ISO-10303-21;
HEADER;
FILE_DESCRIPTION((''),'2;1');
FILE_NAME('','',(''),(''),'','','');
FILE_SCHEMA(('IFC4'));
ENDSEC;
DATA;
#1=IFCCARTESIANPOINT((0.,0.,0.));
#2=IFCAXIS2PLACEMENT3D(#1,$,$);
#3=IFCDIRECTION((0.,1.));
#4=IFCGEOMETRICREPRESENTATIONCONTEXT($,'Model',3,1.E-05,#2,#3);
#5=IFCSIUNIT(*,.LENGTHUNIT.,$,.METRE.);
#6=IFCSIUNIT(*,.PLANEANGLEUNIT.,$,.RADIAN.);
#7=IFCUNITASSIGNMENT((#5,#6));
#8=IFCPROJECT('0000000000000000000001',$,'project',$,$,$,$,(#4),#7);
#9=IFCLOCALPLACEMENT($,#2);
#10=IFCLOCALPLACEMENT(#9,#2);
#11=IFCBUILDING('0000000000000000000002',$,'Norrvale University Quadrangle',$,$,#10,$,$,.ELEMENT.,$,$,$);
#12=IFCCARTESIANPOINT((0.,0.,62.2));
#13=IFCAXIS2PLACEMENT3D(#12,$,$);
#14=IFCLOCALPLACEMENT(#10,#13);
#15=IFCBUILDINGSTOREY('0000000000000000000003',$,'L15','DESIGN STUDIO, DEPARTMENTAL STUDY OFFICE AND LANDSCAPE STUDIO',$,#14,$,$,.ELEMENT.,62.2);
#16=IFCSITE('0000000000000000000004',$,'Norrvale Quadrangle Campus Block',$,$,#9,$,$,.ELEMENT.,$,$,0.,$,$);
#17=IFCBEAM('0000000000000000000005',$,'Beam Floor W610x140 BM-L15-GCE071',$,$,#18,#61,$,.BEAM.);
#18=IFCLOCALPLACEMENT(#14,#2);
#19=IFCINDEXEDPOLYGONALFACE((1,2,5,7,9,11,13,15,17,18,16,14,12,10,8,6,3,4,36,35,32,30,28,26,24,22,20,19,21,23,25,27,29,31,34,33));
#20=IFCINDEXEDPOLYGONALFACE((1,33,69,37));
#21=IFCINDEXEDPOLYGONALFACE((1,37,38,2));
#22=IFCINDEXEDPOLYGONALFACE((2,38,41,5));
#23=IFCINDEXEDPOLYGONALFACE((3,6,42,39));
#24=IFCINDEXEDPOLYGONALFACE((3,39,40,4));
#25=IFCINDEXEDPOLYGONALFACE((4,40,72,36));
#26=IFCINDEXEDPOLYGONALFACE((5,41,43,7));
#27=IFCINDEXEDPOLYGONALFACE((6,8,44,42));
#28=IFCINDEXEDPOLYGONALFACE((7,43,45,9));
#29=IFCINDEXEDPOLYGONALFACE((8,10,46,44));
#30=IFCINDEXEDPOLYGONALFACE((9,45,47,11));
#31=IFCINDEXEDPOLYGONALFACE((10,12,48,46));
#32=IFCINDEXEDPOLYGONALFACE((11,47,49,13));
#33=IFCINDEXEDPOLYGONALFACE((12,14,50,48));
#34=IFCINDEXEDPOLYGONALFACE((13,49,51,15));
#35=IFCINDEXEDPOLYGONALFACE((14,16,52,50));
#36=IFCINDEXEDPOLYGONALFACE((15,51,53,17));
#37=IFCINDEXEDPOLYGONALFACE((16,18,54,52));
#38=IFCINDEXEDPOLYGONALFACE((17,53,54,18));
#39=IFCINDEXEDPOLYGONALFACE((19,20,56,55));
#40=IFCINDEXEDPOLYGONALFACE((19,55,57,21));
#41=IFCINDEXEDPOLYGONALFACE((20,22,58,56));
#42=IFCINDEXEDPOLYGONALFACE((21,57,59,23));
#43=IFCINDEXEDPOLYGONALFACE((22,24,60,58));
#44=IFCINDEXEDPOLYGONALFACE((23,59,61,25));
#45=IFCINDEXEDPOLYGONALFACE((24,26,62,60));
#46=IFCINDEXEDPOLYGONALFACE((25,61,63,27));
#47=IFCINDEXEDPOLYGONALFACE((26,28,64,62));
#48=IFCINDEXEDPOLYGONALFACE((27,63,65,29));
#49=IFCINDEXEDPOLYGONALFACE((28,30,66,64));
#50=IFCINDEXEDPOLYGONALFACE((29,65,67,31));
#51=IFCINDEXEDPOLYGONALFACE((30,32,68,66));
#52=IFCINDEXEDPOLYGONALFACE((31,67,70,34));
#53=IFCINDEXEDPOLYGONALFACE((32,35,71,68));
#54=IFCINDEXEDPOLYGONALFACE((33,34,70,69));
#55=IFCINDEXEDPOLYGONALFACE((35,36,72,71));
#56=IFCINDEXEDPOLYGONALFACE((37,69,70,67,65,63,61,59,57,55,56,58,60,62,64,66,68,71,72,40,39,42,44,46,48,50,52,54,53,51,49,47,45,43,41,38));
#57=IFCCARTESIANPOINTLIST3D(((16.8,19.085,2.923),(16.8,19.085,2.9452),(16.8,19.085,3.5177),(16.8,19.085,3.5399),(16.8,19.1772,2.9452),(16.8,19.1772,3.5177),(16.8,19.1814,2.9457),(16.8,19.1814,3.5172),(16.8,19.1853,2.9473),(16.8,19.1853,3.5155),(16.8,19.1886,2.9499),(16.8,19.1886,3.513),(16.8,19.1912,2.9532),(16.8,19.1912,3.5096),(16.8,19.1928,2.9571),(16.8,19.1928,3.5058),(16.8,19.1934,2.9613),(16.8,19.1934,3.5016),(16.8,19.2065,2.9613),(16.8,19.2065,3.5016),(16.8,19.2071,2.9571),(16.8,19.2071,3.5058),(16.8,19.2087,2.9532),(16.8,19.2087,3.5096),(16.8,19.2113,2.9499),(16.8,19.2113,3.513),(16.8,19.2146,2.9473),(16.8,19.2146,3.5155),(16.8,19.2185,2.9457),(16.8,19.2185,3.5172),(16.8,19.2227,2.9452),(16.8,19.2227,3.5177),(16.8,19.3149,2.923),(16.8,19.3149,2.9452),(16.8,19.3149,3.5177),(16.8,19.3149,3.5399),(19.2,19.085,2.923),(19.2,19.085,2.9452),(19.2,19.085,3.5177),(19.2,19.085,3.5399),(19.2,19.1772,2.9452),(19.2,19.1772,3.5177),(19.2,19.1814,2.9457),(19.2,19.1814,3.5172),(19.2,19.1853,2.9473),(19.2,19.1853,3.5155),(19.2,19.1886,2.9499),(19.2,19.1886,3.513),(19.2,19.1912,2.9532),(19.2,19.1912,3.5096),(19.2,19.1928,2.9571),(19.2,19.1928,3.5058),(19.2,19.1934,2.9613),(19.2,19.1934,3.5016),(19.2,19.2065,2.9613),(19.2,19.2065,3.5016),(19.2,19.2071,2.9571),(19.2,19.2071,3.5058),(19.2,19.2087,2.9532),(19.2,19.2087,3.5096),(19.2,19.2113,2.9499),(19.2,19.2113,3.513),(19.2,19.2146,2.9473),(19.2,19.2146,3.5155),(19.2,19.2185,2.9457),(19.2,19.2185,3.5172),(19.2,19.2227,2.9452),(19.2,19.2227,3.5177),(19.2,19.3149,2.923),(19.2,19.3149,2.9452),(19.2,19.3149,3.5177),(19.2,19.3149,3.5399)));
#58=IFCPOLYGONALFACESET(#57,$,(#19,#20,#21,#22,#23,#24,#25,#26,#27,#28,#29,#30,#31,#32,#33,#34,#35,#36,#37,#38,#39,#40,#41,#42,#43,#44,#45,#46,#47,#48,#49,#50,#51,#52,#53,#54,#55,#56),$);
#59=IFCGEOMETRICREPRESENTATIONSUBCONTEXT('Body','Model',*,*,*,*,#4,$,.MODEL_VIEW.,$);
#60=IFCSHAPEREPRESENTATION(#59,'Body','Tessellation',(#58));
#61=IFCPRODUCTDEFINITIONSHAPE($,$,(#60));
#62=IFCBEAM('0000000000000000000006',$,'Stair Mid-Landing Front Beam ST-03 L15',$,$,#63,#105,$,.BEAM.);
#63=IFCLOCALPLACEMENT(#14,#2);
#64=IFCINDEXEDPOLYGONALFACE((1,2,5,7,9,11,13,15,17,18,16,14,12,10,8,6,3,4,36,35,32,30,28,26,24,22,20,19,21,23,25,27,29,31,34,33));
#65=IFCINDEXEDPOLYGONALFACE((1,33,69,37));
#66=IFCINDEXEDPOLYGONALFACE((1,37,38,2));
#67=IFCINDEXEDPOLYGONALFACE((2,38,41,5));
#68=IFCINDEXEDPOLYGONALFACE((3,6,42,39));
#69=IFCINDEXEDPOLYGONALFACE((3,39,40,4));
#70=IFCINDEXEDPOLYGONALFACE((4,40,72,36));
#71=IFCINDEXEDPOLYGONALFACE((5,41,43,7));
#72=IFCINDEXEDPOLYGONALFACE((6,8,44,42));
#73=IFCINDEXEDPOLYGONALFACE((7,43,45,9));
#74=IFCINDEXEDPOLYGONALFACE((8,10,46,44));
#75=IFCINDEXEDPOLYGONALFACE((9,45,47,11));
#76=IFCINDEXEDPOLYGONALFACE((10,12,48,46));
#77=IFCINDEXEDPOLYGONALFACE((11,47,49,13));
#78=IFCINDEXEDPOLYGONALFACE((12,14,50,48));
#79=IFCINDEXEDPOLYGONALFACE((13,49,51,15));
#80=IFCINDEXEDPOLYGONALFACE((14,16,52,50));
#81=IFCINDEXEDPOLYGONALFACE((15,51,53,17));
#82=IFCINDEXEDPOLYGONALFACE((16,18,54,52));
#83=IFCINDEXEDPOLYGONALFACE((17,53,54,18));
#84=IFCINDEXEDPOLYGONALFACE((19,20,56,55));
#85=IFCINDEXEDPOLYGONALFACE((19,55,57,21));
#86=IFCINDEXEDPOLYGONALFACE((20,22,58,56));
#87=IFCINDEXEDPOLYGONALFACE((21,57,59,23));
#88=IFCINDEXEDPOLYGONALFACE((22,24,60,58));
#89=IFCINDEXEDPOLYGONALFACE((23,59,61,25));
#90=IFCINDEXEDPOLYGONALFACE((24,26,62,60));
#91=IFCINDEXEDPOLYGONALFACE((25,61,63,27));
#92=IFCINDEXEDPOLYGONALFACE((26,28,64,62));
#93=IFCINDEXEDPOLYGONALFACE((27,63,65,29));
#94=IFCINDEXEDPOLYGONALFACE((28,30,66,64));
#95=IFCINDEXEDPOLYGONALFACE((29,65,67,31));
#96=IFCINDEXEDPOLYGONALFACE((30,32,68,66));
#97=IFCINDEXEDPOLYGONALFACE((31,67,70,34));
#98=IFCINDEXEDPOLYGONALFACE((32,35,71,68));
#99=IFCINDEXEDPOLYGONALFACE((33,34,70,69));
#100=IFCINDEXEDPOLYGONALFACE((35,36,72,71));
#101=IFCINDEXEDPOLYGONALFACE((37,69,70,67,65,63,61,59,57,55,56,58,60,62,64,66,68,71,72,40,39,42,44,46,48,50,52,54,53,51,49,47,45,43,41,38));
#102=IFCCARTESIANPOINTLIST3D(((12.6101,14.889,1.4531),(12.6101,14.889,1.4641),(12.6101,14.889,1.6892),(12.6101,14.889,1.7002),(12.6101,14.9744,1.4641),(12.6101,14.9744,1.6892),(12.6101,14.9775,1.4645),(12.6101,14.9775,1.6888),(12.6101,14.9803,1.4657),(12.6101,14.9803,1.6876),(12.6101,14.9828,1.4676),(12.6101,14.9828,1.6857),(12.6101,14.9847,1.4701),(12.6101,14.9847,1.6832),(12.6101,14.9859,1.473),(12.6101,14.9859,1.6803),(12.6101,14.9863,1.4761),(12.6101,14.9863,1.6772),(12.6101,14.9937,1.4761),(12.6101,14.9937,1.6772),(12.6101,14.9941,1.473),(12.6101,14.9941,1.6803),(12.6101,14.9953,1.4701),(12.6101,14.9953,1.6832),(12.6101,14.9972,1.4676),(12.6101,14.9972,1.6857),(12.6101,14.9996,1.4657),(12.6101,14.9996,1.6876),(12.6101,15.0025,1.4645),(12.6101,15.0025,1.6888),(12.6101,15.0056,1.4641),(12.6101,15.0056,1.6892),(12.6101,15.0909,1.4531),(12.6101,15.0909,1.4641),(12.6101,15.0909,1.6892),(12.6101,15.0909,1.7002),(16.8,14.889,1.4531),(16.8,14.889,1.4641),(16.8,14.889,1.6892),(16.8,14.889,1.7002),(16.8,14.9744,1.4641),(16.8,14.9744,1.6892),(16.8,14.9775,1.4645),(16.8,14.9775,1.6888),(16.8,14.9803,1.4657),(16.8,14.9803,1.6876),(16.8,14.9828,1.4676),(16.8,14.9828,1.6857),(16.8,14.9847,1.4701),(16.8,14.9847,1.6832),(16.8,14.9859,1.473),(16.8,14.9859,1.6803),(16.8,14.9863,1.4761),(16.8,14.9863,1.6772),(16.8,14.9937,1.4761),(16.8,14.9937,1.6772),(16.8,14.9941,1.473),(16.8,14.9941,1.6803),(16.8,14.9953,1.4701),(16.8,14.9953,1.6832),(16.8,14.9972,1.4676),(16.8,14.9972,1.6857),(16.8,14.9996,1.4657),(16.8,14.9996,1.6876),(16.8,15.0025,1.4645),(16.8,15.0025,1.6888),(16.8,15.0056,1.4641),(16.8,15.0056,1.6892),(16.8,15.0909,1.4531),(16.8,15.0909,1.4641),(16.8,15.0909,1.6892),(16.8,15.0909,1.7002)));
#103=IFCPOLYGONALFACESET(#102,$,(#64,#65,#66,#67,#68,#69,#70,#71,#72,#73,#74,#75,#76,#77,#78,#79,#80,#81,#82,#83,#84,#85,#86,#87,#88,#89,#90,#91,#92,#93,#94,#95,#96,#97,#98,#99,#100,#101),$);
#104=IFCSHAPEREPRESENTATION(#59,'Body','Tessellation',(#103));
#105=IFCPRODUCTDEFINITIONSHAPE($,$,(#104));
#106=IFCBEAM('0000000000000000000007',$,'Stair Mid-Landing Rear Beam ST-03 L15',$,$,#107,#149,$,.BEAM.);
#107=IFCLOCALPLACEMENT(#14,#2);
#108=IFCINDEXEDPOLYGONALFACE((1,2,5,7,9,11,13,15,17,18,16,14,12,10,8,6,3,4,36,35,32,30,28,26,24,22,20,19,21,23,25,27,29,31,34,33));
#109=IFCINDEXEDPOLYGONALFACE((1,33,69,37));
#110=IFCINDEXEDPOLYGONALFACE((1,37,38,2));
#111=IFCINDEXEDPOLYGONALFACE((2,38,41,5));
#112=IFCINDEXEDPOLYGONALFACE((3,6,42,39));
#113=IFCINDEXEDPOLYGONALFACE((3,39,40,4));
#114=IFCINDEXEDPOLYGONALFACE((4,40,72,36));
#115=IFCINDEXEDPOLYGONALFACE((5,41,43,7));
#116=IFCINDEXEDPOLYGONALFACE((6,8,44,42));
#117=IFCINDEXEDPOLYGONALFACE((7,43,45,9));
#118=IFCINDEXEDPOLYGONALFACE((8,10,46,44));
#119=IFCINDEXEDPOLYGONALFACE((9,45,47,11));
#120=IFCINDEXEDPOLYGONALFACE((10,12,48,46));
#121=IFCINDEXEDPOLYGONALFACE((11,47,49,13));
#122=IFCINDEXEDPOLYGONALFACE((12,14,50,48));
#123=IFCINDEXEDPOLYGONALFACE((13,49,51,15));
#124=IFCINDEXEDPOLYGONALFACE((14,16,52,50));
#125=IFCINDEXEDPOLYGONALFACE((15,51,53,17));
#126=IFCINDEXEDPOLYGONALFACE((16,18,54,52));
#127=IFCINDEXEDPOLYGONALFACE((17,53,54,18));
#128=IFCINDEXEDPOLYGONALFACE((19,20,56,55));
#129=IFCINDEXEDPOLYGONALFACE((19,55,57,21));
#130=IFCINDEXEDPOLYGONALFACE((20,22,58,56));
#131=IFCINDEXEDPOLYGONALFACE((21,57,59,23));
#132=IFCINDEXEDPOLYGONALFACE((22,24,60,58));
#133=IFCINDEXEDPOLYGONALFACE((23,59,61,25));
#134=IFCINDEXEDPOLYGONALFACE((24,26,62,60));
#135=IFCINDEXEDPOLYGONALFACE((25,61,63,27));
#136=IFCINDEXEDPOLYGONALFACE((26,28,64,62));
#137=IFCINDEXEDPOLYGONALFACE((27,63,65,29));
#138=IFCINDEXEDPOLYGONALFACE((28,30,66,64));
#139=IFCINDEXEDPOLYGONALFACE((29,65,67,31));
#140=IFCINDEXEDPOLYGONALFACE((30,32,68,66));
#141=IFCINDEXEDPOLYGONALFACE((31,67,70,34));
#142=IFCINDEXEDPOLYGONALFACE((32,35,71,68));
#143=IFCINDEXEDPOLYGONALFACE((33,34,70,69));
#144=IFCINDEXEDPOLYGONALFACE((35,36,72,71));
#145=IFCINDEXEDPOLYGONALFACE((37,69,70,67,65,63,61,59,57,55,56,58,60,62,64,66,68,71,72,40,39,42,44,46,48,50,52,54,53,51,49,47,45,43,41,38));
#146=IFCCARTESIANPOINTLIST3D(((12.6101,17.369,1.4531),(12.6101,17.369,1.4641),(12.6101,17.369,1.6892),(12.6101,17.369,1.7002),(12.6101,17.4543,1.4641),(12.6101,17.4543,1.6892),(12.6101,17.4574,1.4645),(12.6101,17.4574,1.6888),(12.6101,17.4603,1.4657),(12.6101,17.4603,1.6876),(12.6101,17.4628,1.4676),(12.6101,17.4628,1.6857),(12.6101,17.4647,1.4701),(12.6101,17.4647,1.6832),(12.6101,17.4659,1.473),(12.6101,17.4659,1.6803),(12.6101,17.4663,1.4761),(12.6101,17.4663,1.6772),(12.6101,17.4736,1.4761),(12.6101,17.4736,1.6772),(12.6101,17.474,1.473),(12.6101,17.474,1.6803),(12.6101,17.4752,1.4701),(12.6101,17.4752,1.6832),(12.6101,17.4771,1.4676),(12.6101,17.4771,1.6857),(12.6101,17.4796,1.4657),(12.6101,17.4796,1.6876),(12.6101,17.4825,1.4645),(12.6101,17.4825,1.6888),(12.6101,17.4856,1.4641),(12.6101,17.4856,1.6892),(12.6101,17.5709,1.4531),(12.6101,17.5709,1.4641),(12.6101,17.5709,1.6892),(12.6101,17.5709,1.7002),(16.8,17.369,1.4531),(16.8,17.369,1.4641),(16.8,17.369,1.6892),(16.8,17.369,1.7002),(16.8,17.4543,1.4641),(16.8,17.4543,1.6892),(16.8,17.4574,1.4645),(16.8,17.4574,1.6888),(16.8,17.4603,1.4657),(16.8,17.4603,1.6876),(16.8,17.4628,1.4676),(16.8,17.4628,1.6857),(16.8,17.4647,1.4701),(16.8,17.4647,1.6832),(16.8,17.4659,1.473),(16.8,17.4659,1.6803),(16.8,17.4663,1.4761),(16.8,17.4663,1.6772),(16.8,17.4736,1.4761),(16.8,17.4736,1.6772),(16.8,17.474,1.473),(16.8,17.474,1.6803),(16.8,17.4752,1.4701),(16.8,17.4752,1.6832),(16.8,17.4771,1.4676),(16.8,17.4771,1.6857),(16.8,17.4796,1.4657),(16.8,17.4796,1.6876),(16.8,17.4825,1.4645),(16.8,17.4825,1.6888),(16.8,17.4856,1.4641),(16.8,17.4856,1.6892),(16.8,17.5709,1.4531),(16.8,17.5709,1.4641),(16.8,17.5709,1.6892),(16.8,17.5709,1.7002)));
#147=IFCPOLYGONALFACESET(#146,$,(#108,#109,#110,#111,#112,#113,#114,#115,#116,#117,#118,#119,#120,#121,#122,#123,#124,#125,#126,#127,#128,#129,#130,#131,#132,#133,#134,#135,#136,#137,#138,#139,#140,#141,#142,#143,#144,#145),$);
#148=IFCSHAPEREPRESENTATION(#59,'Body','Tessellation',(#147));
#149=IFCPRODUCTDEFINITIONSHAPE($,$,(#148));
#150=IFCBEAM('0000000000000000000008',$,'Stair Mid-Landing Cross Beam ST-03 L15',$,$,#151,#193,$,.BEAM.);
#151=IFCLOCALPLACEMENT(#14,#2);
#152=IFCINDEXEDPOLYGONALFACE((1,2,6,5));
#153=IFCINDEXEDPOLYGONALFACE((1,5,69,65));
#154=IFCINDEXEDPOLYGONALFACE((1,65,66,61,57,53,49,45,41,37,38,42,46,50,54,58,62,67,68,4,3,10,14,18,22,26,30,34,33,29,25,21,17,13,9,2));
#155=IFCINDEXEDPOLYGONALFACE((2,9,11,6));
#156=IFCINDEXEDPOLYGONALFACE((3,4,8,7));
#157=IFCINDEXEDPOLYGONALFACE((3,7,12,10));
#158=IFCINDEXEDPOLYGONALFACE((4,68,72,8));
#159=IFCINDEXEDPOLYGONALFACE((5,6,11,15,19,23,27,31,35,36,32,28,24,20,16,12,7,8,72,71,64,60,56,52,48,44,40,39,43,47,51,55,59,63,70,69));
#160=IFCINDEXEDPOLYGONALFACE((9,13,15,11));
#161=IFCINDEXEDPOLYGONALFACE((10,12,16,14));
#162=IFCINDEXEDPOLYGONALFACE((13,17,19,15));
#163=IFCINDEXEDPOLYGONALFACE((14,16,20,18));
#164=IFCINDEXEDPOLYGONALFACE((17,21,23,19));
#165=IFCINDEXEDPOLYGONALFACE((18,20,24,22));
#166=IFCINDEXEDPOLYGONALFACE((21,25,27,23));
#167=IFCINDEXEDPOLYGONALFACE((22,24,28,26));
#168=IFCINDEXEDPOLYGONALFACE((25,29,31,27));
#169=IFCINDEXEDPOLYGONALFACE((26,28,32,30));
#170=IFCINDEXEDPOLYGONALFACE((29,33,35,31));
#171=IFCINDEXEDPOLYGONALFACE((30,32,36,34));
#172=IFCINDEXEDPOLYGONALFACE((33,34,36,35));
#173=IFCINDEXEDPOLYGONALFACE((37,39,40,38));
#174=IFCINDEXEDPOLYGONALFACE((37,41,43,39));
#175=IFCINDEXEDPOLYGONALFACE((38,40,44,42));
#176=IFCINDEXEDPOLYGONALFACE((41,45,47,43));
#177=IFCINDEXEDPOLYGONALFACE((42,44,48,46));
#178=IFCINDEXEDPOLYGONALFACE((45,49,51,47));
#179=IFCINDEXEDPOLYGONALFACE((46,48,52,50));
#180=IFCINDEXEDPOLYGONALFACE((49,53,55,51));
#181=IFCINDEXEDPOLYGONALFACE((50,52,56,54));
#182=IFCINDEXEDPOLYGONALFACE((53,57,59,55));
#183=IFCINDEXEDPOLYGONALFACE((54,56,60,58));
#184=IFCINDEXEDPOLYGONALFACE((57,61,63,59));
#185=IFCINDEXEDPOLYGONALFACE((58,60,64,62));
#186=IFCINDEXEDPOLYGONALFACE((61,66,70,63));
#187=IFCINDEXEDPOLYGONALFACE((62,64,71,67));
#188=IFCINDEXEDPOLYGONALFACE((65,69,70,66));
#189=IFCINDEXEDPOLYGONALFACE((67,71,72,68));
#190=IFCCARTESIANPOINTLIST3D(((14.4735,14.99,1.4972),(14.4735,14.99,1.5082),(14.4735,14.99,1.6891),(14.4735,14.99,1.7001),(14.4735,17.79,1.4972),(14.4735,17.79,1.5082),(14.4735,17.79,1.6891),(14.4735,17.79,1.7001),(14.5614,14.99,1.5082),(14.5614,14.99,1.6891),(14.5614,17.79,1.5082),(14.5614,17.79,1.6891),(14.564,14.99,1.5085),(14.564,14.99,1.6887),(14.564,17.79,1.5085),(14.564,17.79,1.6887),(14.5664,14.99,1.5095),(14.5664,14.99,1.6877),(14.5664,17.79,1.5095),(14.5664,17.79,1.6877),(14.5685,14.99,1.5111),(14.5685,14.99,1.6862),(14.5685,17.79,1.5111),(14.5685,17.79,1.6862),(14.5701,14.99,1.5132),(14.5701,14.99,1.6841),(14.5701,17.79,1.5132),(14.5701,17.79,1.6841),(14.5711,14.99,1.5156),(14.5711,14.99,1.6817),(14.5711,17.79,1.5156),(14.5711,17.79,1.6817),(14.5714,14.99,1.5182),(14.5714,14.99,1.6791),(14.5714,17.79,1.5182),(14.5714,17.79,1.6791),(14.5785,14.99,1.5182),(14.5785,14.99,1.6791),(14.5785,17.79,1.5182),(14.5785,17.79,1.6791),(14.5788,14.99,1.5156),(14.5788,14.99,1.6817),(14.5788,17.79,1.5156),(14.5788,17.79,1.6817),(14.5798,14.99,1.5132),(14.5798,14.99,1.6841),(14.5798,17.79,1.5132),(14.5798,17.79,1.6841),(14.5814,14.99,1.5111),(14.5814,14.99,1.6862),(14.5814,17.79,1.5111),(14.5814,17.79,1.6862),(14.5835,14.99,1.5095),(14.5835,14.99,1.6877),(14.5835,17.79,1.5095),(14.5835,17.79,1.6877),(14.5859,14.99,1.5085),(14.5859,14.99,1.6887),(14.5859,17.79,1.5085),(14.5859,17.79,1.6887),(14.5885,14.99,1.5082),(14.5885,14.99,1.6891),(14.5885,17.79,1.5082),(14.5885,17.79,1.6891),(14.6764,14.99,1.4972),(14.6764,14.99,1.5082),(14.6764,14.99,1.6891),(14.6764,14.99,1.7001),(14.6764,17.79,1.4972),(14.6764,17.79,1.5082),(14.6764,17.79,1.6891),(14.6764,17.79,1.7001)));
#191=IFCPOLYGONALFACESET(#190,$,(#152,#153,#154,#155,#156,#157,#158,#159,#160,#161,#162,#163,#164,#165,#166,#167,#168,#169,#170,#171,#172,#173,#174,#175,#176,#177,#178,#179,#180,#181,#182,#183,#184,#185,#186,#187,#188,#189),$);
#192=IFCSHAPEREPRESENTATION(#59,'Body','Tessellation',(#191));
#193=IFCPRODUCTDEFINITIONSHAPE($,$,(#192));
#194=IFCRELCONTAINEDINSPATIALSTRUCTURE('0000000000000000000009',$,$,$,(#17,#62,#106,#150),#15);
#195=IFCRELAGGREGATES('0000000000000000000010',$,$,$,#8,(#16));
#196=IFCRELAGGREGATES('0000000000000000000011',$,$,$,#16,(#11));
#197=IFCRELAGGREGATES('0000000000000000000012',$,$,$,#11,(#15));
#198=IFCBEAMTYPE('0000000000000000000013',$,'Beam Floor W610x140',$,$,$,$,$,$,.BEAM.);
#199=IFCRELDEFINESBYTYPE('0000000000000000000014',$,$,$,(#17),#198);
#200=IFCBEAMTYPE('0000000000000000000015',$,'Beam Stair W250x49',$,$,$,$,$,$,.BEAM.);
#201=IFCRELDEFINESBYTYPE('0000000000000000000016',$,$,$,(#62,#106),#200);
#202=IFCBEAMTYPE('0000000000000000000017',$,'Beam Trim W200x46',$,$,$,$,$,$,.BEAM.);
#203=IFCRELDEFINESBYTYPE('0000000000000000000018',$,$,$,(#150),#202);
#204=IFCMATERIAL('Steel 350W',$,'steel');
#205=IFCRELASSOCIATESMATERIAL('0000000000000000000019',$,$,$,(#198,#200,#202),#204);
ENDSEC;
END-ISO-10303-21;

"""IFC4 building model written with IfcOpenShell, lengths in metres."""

from ifc_helpers import new_model, si_unit, direction, frame, origin, origin_2d, place, context, subcontext, project, spatial, i_section, extrude, material, material_profile, profile_set, type_object, element, save


model = new_model("IFC4")

# Units and contexts
model_context = context("Model", 3, precision=1e-05, world=origin(), true_north=direction((0.0, 1.0)))
body_context = subcontext(model_context, "Body", "Model", "MODEL_VIEW")
ifc_project = project(units=[si_unit("LENGTHUNIT", "METRE"), si_unit("PLANEANGLEUNIT", "RADIAN")], contexts=[model_context])

# Site, building, storey
site_placement = place(None, origin())
site = spatial("IfcSite", under=ifc_project, at=site_placement, Name="Norrvale Quadrangle Campus Block", CompositionType="ELEMENT", RefElevation=0.0)
building_placement = place(site_placement, origin())
building = spatial("IfcBuilding", under=site, at=building_placement, Name="Norrvale University Quadrangle", CompositionType="ELEMENT")
storey_placement = place(building_placement, frame((0.0, 0.0, 62.2)))
storey = spatial("IfcBuildingStorey", under=building, at=storey_placement, Name="L15", Description="DESIGN STUDIO, DEPARTMENTAL STUDY OFFICE AND LANDSCAPE STUDIO", CompositionType="ELEMENT", Elevation=62.2)

# Beams
ifc_material_1 = material(Name="Steel 350W", Category="steel")
ifc_material_profile_1 = material_profile(ifc_material_1, i_section(OverallWidth=0.23, OverallDepth=0.6169, WebThickness=0.0132, FlangeThickness=0.0222, FilletRadius=0.0161, at=origin_2d()), Name="Steel 350W")
ifc_profile_set_1 = profile_set([ifc_material_profile_1], Name="Steel 350W")
beam_type_1 = type_object("IfcBeamType", Name="Beam Floor W610x140", PredefinedType="BEAM", material=ifc_profile_set_1)
beam_1_placement = place(storey_placement, frame((16.8, 19.2, 3.2314), z_axis=(1.0, 0.0, 0.0), x_axis=(0.0, 1.0, 0.0)))
element("IfcBeam", 1, at=beam_1_placement, inside=storey, type_object=beam_type_1, Name="Beam Floor W610x140 BM-L15-GCE071", PredefinedType="BEAM", context=body_context, shape_type="SweptSolid", body=[
    extrude(i_section(OverallWidth=0.23, OverallDepth=0.6169, WebThickness=0.0132, FlangeThickness=0.0222, FilletRadius=0.0161, at=origin_2d()), origin(), (0.0, 0.0, 1.0), 2.3999),
])
ifc_material_profile_2 = material_profile(ifc_material_1, i_section(OverallWidth=0.2019, OverallDepth=0.2471, WebThickness=0.0073, FlangeThickness=0.011, FilletRadius=0.012, at=origin_2d()), Name="Steel 350W")
ifc_profile_set_2 = profile_set([ifc_material_profile_2], Name="Steel 350W")
beam_type_2 = type_object("IfcBeamType", Name="Beam Stair W250x49", PredefinedType="BEAM", material=ifc_profile_set_2)
for number, where, z_axis, x_axis, name in (
    (2, (12.6101, 14.99, 1.5767), (1.0, 0.0, 0.0), (0.0, 1.0, 0.0), "Stair Mid-Landing Front Beam ST-03 L15"),
    (3, (12.6101, 17.47, 1.5767), (1.0, 0.0, 0.0), (0.0, 1.0, 0.0), "Stair Mid-Landing Rear Beam ST-03 L15"),
):
    element("IfcBeam", number, at=place(storey_placement, frame(where, z_axis=z_axis, x_axis=x_axis)), inside=storey, type_object=beam_type_2, Name=name, PredefinedType="BEAM", context=body_context, shape_type="SweptSolid", body=[
        extrude(i_section(OverallWidth=0.2019, OverallDepth=0.2471, WebThickness=0.0073, FlangeThickness=0.011, FilletRadius=0.012, at=origin_2d()), origin(), (0.0, 0.0, 1.0), 4.1899),
    ])
ifc_material_profile_3 = material_profile(ifc_material_1, i_section(OverallWidth=0.2029, OverallDepth=0.2029, WebThickness=0.0071, FlangeThickness=0.011, FilletRadius=0.01, at=origin_2d()), Name="Steel 350W")
ifc_profile_set_3 = profile_set([ifc_material_profile_3], Name="Steel 350W")
beam_type_3 = type_object("IfcBeamType", Name="Beam Trim W200x46", PredefinedType="BEAM", material=ifc_profile_set_3)
beam_2_placement = place(storey_placement, frame((14.575, 14.99, 1.5986), z_axis=(0.0, 1.0, 0.0), x_axis=(-1.0, 0.0, 0.0)))
element("IfcBeam", 4, at=beam_2_placement, inside=storey, type_object=beam_type_3, Name="Stair Mid-Landing Cross Beam ST-03 L15", PredefinedType="BEAM", context=body_context, shape_type="SweptSolid", body=[
    extrude(i_section(OverallWidth=0.2029, OverallDepth=0.2029, WebThickness=0.0071, FlangeThickness=0.011, FilletRadius=0.01, at=origin_2d()), origin(), (0.0, 0.0, 1.0), 2.8),
])

save(model, "model.ifc")
